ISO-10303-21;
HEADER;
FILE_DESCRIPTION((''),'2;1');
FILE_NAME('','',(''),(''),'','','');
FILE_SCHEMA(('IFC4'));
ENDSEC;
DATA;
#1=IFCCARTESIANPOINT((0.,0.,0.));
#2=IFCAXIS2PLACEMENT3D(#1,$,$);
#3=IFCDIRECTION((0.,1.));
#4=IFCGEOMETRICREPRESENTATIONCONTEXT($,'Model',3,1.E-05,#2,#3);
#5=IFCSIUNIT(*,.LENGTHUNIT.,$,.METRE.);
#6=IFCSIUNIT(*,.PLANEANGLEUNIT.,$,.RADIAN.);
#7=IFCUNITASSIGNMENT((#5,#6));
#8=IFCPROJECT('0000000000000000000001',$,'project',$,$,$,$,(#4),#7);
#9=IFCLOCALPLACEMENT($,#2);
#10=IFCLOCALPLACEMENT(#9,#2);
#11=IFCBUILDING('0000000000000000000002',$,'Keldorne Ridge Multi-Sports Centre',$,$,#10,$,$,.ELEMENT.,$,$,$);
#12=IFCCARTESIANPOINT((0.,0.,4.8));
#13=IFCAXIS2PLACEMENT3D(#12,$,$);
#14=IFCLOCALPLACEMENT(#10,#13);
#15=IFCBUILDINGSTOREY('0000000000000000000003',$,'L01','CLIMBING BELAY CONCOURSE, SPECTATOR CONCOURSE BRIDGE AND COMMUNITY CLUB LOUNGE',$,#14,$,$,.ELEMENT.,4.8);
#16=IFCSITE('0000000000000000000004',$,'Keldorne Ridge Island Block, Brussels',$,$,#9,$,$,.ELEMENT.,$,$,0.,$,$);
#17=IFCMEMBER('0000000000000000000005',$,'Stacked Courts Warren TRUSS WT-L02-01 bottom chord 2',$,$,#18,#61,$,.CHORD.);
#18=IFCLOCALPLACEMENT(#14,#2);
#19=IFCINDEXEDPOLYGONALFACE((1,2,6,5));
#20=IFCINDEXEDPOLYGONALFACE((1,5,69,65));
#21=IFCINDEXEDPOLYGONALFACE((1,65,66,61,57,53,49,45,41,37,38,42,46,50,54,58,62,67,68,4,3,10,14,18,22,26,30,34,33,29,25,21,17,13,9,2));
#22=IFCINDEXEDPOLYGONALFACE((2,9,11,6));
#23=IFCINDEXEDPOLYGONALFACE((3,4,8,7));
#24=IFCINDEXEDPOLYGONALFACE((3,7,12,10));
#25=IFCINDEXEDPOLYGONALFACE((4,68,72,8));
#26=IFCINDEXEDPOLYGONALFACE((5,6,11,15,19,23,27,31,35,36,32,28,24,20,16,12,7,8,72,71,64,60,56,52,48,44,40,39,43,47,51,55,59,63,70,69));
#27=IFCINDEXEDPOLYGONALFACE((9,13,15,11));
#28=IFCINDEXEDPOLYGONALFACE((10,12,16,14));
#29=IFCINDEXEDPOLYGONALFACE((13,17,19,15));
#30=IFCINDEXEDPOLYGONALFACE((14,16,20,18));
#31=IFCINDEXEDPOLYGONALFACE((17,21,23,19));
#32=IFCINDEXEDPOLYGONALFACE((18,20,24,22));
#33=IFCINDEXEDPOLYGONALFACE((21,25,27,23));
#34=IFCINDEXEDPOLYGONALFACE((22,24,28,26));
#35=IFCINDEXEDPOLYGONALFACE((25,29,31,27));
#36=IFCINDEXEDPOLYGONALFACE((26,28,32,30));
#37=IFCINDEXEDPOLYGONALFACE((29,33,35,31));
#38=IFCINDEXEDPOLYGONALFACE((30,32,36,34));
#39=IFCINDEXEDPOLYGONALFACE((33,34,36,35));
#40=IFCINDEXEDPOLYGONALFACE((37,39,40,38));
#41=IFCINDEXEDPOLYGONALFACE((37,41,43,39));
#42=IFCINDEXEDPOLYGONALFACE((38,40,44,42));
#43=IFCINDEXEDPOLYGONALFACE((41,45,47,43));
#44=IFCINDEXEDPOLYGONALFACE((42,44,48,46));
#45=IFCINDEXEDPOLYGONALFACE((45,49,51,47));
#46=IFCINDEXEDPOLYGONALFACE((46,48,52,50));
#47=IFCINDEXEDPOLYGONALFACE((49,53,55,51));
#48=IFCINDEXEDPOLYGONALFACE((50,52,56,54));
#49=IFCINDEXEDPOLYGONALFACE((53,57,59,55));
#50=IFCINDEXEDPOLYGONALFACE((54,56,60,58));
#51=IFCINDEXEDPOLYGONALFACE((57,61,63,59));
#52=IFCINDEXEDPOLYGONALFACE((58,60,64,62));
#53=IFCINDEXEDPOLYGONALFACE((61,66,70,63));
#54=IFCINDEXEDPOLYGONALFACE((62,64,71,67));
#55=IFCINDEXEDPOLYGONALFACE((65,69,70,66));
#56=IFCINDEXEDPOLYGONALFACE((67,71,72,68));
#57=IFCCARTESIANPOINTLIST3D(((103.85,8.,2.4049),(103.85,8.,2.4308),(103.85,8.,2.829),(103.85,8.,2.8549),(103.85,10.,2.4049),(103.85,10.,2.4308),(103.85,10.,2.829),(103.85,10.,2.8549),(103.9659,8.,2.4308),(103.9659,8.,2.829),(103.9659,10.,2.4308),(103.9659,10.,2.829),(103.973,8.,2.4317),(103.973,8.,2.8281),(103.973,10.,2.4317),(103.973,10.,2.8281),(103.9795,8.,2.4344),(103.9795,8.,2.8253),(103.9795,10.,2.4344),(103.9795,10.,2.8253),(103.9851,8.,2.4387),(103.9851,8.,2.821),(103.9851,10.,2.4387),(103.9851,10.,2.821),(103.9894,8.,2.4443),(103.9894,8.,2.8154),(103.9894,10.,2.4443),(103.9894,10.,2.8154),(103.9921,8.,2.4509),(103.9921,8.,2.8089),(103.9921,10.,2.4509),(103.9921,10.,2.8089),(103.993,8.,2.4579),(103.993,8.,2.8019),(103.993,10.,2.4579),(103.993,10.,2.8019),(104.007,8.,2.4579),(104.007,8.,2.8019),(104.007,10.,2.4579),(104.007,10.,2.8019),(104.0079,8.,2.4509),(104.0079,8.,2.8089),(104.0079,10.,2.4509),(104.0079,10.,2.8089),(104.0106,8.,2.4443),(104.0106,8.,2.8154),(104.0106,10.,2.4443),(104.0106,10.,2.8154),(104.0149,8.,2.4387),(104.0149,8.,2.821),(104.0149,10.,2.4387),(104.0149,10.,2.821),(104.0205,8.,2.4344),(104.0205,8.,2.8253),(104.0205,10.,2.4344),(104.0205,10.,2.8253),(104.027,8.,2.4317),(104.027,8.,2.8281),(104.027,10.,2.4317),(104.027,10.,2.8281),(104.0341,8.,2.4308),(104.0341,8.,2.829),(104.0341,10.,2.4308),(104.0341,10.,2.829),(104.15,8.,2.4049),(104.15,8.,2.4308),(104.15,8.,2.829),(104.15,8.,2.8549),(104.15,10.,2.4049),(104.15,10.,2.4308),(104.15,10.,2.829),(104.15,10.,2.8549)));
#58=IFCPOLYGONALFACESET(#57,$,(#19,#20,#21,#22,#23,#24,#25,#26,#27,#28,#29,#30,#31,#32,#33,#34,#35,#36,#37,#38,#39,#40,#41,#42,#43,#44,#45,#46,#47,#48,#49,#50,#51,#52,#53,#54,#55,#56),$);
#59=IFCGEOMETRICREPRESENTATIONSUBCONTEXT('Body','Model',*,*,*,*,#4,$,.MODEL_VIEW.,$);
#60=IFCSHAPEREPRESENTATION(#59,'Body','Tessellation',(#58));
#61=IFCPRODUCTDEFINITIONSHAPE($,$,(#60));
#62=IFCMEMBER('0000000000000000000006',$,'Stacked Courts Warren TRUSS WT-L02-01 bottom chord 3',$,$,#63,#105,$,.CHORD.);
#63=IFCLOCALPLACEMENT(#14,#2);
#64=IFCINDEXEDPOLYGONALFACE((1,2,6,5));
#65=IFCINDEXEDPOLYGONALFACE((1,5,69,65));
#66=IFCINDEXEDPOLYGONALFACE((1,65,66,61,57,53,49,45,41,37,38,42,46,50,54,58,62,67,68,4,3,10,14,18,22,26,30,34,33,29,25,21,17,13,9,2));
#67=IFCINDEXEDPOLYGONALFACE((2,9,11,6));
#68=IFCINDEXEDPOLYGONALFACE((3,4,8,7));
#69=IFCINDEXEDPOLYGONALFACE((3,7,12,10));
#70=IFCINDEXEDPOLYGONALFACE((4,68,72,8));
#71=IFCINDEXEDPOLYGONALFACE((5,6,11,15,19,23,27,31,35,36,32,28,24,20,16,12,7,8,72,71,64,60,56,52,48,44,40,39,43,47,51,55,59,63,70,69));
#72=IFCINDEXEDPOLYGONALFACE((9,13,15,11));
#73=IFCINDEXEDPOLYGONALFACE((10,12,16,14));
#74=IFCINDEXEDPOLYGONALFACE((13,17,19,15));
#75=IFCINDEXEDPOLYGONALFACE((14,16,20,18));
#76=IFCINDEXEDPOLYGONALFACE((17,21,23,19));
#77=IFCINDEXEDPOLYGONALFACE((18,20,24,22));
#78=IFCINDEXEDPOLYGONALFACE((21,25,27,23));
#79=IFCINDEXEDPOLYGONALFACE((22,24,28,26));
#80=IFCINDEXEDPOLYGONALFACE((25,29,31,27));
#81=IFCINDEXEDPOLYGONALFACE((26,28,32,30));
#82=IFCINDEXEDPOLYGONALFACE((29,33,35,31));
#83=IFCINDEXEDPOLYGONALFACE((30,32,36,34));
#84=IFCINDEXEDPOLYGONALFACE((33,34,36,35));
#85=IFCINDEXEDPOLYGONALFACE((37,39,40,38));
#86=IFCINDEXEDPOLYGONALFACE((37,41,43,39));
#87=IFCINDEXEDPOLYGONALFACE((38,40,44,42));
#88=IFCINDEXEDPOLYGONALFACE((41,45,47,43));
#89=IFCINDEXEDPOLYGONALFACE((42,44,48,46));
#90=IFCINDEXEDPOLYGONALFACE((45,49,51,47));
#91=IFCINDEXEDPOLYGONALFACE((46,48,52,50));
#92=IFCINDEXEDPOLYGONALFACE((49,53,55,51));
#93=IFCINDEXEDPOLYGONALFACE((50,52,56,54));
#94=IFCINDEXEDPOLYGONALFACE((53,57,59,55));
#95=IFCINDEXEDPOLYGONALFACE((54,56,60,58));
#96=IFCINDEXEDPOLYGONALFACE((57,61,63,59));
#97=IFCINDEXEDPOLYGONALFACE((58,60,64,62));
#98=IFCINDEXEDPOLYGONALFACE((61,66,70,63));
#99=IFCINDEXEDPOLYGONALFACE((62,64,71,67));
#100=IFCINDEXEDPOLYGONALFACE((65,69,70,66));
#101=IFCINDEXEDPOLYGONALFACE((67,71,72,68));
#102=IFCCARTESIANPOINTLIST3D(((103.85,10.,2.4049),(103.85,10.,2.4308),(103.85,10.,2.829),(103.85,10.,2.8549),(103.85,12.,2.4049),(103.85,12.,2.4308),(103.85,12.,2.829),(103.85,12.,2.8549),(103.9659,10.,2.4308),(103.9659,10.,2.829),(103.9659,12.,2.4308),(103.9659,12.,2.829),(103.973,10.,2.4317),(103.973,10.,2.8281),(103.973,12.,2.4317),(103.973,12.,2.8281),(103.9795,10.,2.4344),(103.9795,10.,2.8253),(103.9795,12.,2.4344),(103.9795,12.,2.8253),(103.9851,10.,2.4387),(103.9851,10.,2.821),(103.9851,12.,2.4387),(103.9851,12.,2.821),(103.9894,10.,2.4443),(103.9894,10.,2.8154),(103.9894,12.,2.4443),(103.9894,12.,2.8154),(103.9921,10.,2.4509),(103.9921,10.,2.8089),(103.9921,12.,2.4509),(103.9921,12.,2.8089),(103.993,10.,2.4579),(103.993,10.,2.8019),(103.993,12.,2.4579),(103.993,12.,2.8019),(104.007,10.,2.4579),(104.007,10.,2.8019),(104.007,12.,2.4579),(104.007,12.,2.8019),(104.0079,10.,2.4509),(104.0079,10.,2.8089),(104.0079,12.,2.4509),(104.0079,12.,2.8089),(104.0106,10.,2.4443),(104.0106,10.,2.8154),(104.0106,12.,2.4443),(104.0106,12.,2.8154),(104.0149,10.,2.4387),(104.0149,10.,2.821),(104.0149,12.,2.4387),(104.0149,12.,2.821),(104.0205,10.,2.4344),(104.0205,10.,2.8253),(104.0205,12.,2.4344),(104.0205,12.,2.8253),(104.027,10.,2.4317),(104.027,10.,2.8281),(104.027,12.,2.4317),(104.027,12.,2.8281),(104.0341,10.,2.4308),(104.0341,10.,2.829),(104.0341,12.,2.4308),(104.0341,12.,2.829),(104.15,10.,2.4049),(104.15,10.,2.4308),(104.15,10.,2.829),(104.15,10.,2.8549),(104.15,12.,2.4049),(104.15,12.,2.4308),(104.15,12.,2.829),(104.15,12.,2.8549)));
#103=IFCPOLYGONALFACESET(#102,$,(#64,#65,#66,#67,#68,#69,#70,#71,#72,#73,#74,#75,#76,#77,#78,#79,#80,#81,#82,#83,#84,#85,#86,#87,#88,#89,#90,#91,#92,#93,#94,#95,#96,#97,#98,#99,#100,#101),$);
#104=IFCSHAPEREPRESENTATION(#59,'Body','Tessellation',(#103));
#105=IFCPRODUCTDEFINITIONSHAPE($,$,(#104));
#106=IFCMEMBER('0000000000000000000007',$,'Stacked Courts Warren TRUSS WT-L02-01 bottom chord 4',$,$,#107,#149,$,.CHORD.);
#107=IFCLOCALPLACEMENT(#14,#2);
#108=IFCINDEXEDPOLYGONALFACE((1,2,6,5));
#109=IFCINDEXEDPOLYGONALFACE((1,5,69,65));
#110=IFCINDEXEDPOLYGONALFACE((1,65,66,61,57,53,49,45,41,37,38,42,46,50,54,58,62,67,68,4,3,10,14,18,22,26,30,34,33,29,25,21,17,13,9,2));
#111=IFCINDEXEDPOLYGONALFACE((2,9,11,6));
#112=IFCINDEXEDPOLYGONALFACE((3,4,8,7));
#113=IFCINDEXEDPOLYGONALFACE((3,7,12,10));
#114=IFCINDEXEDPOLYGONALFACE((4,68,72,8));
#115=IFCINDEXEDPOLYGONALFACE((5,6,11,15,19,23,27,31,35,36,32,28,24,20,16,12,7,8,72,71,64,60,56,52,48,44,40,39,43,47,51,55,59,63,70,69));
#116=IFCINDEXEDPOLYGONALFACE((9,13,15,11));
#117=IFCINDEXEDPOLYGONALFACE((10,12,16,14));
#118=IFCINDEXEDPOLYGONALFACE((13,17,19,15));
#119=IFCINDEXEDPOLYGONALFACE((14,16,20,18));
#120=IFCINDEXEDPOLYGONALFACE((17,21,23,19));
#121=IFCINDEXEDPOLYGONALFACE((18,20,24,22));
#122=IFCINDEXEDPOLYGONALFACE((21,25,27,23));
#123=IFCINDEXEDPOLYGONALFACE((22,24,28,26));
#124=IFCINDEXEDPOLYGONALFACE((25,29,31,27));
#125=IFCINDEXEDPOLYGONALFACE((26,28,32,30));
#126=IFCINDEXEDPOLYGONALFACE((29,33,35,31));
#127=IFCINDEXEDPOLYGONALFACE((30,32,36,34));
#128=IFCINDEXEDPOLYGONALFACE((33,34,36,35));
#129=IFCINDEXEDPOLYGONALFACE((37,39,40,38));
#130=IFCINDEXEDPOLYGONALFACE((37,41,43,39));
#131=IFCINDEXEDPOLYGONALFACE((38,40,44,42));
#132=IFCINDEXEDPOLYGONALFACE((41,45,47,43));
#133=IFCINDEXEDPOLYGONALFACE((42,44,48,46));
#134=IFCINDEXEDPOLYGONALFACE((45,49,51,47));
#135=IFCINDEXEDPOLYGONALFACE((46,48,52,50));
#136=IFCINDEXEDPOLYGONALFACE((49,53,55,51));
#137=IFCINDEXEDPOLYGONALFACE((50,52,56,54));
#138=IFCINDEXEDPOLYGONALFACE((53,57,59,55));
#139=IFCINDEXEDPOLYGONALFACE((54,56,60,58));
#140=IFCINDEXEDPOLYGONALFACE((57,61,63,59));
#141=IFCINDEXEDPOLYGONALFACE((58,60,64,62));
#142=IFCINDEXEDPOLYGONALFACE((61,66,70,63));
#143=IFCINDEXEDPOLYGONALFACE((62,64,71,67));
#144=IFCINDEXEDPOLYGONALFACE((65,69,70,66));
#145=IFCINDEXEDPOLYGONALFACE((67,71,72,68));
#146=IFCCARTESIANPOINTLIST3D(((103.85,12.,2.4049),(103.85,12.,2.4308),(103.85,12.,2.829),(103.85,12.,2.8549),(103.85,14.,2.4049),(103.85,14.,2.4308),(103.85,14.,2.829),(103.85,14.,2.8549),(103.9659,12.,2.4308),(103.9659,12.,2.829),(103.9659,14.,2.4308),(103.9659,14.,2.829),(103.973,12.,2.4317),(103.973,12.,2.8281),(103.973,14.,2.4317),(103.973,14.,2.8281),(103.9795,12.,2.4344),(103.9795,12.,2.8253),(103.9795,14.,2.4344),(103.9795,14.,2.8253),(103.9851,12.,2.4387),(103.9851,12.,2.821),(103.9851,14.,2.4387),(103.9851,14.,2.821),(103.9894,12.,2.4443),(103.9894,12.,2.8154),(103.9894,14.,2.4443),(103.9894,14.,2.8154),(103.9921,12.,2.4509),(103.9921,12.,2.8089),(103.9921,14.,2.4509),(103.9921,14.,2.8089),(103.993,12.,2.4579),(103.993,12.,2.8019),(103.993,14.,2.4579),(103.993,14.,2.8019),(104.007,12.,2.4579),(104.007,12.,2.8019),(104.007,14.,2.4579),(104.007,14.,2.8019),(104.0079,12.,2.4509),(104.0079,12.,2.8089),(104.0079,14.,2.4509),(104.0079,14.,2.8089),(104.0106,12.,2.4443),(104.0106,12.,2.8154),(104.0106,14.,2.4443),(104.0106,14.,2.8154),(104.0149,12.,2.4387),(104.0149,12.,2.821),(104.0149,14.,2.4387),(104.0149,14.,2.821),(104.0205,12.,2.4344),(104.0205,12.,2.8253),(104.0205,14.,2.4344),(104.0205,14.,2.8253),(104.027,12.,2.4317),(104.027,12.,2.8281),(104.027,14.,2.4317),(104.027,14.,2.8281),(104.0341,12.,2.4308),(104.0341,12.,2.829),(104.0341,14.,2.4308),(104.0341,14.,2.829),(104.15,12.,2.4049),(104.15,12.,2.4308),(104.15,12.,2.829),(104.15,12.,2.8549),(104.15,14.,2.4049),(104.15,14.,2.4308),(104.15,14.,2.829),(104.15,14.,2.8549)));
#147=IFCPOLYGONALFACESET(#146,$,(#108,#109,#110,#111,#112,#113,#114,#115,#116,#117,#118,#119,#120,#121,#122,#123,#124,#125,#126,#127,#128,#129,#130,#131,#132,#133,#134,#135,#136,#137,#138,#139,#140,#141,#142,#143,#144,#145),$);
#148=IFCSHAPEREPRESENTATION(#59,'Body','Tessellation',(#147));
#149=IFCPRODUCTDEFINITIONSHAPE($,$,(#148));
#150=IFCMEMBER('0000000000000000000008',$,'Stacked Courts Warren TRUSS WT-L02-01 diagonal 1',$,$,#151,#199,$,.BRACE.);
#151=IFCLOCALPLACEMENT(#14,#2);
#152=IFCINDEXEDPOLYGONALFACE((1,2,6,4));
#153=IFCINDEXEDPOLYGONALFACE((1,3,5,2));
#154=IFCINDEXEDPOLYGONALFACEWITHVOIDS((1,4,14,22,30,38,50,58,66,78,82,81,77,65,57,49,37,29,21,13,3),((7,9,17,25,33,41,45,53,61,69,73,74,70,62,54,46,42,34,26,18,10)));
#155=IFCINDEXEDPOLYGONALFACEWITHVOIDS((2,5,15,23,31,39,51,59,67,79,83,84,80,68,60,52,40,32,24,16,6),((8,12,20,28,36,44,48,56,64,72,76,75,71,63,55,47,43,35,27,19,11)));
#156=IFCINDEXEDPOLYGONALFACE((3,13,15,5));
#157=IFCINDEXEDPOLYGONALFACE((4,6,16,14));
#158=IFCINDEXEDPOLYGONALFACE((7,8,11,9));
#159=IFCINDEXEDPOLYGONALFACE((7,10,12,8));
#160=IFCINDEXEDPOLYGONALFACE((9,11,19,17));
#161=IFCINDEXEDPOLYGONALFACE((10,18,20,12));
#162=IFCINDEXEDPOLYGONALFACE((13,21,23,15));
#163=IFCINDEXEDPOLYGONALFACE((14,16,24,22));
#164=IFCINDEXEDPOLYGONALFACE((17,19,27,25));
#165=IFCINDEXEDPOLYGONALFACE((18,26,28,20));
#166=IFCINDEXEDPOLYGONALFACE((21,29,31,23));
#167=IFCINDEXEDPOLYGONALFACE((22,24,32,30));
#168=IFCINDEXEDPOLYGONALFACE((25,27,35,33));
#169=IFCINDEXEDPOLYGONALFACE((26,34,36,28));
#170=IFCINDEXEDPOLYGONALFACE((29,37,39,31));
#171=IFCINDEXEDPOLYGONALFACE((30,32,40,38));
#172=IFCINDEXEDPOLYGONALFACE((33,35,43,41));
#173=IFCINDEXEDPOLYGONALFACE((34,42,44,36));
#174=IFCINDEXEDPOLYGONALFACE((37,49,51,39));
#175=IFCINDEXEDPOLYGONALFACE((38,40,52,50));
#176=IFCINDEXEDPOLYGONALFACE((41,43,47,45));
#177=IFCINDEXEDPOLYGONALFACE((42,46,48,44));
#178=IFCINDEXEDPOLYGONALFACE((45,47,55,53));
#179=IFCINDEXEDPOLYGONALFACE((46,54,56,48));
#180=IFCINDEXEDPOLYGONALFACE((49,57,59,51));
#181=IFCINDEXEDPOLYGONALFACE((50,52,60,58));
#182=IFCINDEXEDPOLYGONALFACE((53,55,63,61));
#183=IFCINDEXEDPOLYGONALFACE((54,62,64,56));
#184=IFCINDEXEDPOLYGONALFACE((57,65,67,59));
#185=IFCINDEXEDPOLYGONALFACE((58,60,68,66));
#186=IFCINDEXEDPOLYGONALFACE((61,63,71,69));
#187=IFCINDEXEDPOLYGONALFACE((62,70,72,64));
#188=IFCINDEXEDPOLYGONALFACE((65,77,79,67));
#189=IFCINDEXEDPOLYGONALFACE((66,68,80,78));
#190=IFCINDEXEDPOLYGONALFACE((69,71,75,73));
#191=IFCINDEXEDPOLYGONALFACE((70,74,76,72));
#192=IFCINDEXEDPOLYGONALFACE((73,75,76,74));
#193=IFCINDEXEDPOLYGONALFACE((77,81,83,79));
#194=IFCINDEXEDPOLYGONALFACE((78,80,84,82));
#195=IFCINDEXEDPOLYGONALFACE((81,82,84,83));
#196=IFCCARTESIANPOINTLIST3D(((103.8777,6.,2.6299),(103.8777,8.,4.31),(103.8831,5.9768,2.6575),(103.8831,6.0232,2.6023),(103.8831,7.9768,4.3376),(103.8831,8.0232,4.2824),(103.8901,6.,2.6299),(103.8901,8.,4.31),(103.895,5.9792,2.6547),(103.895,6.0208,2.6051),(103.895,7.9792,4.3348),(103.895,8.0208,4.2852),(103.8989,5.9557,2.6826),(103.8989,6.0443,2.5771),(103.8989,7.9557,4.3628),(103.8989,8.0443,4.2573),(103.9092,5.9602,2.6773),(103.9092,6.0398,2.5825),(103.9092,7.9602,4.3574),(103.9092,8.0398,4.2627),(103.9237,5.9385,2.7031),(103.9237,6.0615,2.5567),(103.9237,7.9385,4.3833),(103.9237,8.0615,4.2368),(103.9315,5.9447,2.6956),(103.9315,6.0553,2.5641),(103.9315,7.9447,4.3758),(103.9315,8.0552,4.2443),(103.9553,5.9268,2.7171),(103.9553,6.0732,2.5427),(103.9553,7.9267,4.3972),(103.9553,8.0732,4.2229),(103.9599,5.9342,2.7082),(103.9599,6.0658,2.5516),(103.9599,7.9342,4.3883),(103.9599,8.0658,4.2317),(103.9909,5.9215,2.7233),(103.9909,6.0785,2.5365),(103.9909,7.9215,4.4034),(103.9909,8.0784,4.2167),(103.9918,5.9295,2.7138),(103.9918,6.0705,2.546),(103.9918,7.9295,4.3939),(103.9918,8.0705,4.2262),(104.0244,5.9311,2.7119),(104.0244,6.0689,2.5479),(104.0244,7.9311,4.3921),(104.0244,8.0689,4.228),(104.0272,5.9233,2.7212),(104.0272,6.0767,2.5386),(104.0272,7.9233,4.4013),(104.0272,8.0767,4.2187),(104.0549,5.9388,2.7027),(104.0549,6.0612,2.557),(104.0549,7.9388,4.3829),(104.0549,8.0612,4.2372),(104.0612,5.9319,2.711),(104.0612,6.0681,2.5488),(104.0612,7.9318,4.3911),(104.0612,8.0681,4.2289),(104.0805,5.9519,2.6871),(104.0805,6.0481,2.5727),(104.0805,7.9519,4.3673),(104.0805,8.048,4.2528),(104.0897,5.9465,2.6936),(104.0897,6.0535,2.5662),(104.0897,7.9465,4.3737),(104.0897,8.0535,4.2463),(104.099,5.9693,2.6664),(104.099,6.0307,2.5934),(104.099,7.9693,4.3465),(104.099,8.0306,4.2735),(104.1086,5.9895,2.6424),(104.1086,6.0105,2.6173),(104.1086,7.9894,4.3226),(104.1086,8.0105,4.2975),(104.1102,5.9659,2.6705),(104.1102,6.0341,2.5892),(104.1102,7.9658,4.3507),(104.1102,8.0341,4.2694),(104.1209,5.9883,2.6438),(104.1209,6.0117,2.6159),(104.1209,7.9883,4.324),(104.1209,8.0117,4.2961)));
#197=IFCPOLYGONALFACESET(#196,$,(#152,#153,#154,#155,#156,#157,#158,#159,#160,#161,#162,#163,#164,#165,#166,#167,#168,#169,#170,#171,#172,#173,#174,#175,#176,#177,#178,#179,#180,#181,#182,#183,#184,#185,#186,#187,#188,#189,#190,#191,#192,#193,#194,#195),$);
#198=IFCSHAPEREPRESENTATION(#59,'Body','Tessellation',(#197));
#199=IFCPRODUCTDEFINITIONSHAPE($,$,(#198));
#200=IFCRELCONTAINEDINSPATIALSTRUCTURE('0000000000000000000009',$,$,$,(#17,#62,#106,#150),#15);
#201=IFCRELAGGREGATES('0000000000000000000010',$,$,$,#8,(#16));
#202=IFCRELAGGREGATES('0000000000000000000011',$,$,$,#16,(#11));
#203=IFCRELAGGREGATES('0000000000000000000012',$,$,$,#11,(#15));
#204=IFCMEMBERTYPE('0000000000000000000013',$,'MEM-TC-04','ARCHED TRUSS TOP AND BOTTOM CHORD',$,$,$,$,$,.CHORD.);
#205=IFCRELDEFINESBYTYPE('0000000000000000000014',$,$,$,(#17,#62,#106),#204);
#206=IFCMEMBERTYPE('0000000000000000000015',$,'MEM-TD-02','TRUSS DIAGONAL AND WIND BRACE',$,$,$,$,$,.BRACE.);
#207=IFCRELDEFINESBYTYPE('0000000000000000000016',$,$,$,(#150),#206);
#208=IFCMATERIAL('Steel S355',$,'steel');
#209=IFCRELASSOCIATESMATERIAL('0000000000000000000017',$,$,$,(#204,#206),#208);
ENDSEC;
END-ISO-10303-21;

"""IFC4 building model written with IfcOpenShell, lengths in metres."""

from ifc_helpers import new_model, si_unit, direction, frame, origin, origin_2d, place, context, subcontext, project, spatial, hollow_circle, i_section, extrude, material, material_profile, profile_set, type_object, element, save


model = new_model("IFC4")

# Units and contexts
model_context = context("Model", 3, precision=1e-05, world=origin(), true_north=direction((0.0, 1.0)))
body_context = subcontext(model_context, "Body", "Model", "MODEL_VIEW")
ifc_project = project(units=[si_unit("LENGTHUNIT", "METRE"), si_unit("PLANEANGLEUNIT", "RADIAN")], contexts=[model_context])

# Site, building, storey
site_placement = place(None, origin())
site = spatial("IfcSite", under=ifc_project, at=site_placement, Name="Keldorne Ridge Island Block, Brussels", CompositionType="ELEMENT", RefElevation=0.0)
building_placement = place(site_placement, origin())
building = spatial("IfcBuilding", under=site, at=building_placement, Name="Keldorne Ridge Multi-Sports Centre", CompositionType="ELEMENT")
storey_placement = place(building_placement, frame((0.0, 0.0, 4.8)))
storey = spatial("IfcBuildingStorey", under=building, at=storey_placement, Name="L01", Description="CLIMBING BELAY CONCOURSE, SPECTATOR CONCOURSE BRIDGE AND COMMUNITY CLUB LOUNGE", CompositionType="ELEMENT", Elevation=4.8)

# Shared definitions
ifc_material_1 = material(Name="Steel S355", Category="steel")

# Members
ifc_material_profile_1 = material_profile(ifc_material_1, i_section(OverallWidth=0.3, OverallDepth=0.45, WebThickness=0.0139, FlangeThickness=0.0259, FilletRadius=0.0271, at=origin_2d()), Name="HEB 450")
ifc_profile_set_1 = profile_set([ifc_material_profile_1], Name="Steel S355")
member_type_1 = type_object("IfcMemberType", Name="MEM-TC-04", Description="ARCHED TRUSS TOP AND BOTTOM CHORD", PredefinedType="CHORD", material=ifc_profile_set_1)
for number, where, z_axis, x_axis, name in (
    (1, (104.0, 8.0, 2.6299), (0.0, 1.0, 0.0), (-1.0, 0.0, 0.0), "Stacked Courts Warren TRUSS WT-L02-01 bottom chord 2"),
    (2, (104.0, 10.0, 2.6299), (0.0, 1.0, 0.0), (-1.0, 0.0, 0.0), "Stacked Courts Warren TRUSS WT-L02-01 bottom chord 3"),
    (3, (104.0, 12.0, 2.6299), (0.0, 1.0, 0.0), (-1.0, 0.0, 0.0), "Stacked Courts Warren TRUSS WT-L02-01 bottom chord 4"),
):
    element("IfcMember", number, at=place(storey_placement, frame(where, z_axis=z_axis, x_axis=x_axis)), inside=storey, type_object=member_type_1, Name=name, PredefinedType="CHORD", context=body_context, shape_type="SweptSolid", body=[
        extrude(i_section(OverallWidth=0.3, OverallDepth=0.45, WebThickness=0.0139, FlangeThickness=0.0259, FilletRadius=0.0271, at=origin_2d()), origin(), (0.0, 0.0, 1.0), 2.0),
    ])
ifc_material_profile_2 = material_profile(ifc_material_1, hollow_circle(Radius=0.1223, WallThickness=0.0125, at=origin_2d()), Name="CHS 244.5x12.5")
ifc_profile_set_2 = profile_set([ifc_material_profile_2], Name="Steel S355")
member_type_2 = type_object("IfcMemberType", Name="MEM-TD-02", Description="TRUSS DIAGONAL AND WIND BRACE", PredefinedType="BRACE", material=ifc_profile_set_2)
for number, where, z_axis, x_axis, name in (
    (4, (104.0, 6.0, 2.6299), (0.0, 0.765672, 0.643232), (-1.0, 0.0, 0.0), "Stacked Courts Warren TRUSS WT-L02-01 diagonal 1"),
):
    element("IfcMember", number, at=place(storey_placement, frame(where, z_axis=z_axis, x_axis=x_axis)), inside=storey, type_object=member_type_2, Name=name, PredefinedType="BRACE", context=body_context, shape_type="SweptSolid", body=[
        extrude(hollow_circle(Radius=0.1223, WallThickness=0.0125, at=origin_2d()), origin(), (0.0, 0.0, 1.0), 2.6121),
    ])

save(model, "model.ifc")
